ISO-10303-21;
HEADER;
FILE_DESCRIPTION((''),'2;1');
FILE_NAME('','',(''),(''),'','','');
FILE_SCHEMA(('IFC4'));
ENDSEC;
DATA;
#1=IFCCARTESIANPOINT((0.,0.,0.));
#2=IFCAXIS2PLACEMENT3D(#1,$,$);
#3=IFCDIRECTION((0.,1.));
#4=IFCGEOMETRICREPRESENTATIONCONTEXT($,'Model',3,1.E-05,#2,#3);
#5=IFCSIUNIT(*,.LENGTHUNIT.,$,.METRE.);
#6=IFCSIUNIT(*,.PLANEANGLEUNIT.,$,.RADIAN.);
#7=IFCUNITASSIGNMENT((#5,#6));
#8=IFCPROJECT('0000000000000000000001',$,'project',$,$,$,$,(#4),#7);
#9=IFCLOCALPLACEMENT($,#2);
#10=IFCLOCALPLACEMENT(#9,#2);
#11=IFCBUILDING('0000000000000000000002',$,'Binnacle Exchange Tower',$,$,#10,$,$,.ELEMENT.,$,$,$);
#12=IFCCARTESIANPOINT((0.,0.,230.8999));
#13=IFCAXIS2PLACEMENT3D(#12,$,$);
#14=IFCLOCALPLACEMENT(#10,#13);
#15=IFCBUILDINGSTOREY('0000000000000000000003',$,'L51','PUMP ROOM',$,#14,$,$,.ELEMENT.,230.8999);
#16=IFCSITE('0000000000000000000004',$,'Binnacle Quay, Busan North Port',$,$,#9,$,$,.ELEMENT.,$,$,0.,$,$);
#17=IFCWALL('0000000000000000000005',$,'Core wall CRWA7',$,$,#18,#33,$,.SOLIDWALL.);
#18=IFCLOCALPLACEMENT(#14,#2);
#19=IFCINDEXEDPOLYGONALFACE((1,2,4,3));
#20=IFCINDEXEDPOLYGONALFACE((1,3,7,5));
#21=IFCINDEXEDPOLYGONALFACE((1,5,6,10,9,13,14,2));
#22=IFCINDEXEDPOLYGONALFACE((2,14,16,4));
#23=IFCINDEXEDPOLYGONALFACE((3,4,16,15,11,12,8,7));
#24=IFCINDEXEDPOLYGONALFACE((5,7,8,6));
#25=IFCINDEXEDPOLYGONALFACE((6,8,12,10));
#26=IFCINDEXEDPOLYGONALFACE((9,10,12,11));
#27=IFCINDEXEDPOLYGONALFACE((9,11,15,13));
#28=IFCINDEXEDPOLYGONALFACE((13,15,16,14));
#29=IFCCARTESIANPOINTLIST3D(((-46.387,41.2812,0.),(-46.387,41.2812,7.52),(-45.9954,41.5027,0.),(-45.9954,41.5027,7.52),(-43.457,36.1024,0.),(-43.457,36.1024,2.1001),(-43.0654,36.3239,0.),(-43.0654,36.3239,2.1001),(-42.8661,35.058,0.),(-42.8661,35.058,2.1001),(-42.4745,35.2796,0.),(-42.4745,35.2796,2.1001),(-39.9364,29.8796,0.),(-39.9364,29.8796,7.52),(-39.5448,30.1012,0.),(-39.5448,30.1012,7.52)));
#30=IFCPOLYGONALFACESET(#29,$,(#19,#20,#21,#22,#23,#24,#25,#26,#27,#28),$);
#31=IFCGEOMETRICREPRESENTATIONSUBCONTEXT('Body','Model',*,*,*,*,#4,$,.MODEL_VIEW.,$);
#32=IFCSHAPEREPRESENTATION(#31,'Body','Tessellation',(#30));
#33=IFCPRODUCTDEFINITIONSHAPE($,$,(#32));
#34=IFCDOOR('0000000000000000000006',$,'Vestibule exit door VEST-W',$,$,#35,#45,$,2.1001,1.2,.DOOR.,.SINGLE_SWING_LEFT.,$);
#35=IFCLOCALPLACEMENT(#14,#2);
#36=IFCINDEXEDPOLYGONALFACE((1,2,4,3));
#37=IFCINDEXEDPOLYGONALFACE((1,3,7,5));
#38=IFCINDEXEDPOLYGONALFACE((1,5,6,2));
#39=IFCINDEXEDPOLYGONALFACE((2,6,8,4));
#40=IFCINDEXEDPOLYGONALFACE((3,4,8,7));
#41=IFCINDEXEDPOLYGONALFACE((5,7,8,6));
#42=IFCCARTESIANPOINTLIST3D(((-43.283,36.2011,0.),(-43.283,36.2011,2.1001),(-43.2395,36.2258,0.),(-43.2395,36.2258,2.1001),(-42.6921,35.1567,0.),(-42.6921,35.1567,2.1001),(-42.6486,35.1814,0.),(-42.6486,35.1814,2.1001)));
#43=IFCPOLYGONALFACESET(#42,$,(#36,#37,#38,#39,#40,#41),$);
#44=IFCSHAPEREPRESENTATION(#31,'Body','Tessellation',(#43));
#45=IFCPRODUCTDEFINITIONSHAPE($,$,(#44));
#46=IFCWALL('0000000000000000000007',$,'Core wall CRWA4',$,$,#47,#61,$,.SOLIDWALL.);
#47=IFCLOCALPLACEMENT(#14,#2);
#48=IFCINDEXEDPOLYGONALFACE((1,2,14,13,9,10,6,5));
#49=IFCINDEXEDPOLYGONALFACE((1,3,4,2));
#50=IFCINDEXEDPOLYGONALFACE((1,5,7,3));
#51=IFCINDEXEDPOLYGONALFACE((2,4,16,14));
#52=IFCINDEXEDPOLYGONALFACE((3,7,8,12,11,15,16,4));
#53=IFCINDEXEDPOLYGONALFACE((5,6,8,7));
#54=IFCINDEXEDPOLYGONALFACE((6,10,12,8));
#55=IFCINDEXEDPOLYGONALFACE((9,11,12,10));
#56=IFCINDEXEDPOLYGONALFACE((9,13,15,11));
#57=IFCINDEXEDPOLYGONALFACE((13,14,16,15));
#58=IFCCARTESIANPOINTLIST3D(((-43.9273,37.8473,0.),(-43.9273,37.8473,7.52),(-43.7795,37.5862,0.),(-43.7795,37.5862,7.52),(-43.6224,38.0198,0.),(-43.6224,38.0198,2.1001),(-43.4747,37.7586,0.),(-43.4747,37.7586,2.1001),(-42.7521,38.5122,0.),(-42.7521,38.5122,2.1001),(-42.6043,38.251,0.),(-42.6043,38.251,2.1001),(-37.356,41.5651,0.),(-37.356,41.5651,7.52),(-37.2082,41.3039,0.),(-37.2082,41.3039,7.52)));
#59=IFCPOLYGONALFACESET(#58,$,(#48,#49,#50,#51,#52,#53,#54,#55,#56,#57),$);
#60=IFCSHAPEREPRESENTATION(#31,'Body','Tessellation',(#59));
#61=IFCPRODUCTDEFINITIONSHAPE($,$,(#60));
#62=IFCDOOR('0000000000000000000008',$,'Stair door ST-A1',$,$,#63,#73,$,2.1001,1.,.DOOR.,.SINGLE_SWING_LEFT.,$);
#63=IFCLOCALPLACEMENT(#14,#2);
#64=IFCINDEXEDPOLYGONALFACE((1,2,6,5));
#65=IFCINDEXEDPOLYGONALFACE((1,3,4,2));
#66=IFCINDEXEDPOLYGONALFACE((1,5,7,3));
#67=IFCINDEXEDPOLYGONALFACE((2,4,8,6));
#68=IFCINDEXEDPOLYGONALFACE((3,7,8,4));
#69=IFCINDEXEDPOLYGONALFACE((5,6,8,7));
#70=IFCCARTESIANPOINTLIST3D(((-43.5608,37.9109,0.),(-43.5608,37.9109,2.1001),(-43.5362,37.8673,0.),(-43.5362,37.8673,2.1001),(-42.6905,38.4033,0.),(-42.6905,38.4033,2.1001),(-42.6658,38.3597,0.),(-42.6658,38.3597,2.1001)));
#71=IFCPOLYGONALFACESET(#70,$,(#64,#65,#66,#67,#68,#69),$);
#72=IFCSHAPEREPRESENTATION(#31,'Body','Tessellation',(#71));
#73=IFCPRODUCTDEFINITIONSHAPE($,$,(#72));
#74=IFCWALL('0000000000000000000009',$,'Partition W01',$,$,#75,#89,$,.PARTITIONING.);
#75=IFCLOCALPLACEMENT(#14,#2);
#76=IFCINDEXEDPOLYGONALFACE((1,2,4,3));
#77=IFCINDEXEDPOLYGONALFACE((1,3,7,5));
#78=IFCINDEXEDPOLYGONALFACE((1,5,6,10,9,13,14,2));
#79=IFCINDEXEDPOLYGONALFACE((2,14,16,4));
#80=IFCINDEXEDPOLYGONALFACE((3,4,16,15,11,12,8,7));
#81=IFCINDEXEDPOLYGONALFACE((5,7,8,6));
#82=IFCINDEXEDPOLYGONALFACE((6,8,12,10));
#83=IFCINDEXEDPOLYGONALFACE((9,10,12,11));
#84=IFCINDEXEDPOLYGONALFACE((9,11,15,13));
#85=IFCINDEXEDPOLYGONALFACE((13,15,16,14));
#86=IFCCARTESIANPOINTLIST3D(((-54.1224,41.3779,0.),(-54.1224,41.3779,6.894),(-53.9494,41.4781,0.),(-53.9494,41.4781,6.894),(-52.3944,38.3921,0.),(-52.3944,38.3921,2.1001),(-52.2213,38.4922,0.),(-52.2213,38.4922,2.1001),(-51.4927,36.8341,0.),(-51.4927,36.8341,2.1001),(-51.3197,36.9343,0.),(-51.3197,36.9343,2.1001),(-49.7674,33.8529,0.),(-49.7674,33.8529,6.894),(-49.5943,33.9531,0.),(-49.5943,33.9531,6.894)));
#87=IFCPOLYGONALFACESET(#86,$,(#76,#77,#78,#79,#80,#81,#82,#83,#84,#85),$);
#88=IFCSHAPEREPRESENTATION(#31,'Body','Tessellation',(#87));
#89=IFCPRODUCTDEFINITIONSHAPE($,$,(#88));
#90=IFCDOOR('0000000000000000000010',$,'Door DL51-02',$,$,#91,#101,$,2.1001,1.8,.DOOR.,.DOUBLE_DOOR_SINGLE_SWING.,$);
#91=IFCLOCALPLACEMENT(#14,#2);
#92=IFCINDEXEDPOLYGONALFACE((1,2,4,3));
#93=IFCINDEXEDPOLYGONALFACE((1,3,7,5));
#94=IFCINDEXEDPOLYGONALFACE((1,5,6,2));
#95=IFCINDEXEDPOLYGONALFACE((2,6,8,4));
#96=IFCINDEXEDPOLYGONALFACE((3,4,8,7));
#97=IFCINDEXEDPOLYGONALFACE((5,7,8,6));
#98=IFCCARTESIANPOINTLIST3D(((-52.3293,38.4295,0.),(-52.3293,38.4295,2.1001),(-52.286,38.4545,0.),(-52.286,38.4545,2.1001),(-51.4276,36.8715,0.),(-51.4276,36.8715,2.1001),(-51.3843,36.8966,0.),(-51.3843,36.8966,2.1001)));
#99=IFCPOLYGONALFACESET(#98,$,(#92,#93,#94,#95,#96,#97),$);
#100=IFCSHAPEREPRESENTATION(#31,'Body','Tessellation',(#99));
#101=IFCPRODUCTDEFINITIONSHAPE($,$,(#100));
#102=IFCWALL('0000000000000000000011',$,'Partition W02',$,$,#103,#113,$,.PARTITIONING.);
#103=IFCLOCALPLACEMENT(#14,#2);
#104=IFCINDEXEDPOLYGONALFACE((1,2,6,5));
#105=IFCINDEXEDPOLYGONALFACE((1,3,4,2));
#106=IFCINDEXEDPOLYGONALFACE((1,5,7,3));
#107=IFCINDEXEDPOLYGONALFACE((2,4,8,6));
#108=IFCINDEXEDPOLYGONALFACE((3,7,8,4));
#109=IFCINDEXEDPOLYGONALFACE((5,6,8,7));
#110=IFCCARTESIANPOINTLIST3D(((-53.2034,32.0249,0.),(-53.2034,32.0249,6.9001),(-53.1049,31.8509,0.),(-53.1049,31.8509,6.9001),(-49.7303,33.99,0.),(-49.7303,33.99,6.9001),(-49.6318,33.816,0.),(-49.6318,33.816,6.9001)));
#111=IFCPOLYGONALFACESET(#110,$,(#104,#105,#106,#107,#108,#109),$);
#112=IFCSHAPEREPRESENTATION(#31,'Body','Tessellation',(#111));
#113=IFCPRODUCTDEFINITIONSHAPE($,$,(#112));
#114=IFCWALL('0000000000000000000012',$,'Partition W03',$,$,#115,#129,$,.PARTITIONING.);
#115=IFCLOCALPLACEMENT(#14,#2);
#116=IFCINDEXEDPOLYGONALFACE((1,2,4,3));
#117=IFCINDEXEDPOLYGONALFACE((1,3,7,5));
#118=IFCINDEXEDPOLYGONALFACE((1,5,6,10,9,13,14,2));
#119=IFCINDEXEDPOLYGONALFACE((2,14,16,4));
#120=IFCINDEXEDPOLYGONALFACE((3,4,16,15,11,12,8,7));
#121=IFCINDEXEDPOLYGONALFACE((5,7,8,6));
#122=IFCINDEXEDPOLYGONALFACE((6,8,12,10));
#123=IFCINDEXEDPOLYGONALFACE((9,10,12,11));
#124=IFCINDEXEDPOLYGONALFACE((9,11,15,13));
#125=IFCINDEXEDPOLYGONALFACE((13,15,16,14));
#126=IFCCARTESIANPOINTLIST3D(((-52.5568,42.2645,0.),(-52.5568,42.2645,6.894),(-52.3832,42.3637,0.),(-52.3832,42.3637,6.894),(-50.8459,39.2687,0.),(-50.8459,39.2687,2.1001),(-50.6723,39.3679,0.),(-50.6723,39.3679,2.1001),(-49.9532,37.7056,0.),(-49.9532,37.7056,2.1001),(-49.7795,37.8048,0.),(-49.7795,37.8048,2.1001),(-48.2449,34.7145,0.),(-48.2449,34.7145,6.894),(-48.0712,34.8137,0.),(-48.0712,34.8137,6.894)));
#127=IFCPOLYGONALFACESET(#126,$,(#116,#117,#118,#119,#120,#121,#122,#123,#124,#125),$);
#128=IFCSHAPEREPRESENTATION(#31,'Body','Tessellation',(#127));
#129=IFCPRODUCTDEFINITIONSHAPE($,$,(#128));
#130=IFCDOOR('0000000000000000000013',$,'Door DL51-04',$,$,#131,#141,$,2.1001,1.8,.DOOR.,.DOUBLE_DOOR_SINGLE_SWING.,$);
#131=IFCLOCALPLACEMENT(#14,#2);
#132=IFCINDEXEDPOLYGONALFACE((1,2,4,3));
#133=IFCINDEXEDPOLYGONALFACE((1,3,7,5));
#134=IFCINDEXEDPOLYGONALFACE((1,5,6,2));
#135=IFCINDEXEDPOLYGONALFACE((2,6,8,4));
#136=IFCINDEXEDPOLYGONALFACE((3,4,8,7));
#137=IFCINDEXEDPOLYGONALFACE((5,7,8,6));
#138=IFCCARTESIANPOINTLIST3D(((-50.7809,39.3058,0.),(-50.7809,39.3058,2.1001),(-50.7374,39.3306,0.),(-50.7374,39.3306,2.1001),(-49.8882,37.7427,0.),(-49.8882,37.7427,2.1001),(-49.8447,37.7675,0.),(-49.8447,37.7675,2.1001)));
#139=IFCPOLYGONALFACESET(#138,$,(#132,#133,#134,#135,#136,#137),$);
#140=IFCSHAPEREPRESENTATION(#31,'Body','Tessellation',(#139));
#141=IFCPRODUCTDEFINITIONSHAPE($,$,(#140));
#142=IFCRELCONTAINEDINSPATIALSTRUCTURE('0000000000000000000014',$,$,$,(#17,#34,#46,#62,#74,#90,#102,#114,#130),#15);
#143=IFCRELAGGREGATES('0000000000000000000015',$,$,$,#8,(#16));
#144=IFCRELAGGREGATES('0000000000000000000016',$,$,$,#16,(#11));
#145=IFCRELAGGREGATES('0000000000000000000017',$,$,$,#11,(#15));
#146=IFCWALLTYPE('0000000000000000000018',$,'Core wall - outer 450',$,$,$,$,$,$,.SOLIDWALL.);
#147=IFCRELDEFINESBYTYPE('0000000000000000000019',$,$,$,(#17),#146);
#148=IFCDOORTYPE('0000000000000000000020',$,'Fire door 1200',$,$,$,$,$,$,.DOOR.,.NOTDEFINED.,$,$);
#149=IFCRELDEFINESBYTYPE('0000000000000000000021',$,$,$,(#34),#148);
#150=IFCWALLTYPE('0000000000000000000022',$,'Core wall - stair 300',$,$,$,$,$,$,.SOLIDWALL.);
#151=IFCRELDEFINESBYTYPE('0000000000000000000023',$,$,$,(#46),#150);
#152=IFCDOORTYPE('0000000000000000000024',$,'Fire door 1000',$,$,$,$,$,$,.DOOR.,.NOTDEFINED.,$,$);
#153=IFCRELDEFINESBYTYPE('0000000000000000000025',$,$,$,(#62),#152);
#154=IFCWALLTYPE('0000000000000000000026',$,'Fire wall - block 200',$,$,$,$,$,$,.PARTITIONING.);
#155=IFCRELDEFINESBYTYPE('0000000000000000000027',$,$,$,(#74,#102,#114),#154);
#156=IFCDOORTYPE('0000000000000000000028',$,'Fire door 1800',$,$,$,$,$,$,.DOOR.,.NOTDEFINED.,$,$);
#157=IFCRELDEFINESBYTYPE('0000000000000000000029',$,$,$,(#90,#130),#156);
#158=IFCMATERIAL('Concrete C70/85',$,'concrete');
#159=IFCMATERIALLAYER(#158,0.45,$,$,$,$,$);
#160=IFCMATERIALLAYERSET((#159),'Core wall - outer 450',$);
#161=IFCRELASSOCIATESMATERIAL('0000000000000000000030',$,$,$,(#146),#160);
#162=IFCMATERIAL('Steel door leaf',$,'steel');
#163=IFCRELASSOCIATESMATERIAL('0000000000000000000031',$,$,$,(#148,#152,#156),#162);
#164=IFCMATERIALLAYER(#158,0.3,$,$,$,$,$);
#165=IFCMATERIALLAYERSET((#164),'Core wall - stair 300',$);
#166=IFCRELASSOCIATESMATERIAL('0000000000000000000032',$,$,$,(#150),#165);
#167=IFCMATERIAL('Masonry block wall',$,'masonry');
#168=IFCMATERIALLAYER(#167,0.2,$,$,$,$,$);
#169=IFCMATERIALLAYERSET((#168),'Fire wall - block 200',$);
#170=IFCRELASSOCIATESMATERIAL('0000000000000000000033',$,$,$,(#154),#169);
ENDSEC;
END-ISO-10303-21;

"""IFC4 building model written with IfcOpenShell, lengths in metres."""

from ifc_helpers import new_model, si_unit, direction, frame, frame_2d, origin, place, context, subcontext, project, spatial, rectangle, extrude, material, layer, layer_set, type_object, element, fill, save


model = new_model("IFC4")

# Units and contexts
model_context = context("Model", 3, precision=1e-05, world=origin(), true_north=direction((0.0, 1.0)))
body_context = subcontext(model_context, "Body", "Model", "MODEL_VIEW")
ifc_project = project(units=[si_unit("LENGTHUNIT", "METRE"), si_unit("PLANEANGLEUNIT", "RADIAN")], contexts=[model_context])

# Site, building, storey
site_placement = place(None, origin())
site = spatial("IfcSite", under=ifc_project, at=site_placement, Name="Binnacle Quay, Busan North Port", CompositionType="ELEMENT", RefElevation=0.0)
building_placement = place(site_placement, origin())
building = spatial("IfcBuilding", under=site, at=building_placement, Name="Binnacle Exchange Tower", CompositionType="ELEMENT")
storey_placement = place(building_placement, frame((0.0, 0.0, 230.8999)))
storey = spatial("IfcBuildingStorey", under=building, at=storey_placement, Name="L51", Description="PUMP ROOM", CompositionType="ELEMENT", Elevation=230.8999)

# Shared definitions
ifc_material_1 = material(Name="Concrete C70/85", Category="concrete")
ifc_layer_1 = layer(ifc_material_1, 0.45)
ifc_layer_set_1 = layer_set([ifc_layer_1], Name="Core wall - outer 450")
wall_type_1 = type_object("IfcWallType", Name="Core wall - outer 450", PredefinedType="SOLIDWALL", material=ifc_layer_set_1)

# Walls, openings, doors
wall_1_placement = place(storey_placement, frame((-46.1912, 41.3918, 0.0), z_axis=(0.0, 0.0, 1.0), x_axis=(0.492421, -0.870357, 0.0)))
wall_1 = element("IfcWall", 1, at=wall_1_placement, inside=storey, type_object=wall_type_1, Name="Core wall CRWA7", PredefinedType="SOLIDWALL", context=body_context, shape_type="SweptSolid", body=[
    extrude(rectangle(XDim=13.0999, YDim=0.45, at=frame_2d((6.5498, 0.0))), origin(), (0.0, 0.0, 1.0), 7.52),
])
opening_1_placement = place(wall_1_placement, frame((5.95, 0.0, 0.0)))
opening_1 = element("IfcOpeningElement", 2, at=opening_1_placement, cuts=wall_1, PredefinedType="OPENING", context=body_context, shape_type="SweptSolid", body=[
    extrude(rectangle(XDim=1.2, YDim=2.1001, at=frame_2d((0.6001, 1.05))), frame((0.0, 0.2349, 0.0), z_axis=(0.0, -1.0, 0.0), x_axis=(1.0, 0.0, 0.0)), (0.0, 0.0, 1.0), 0.47),
])
ifc_material_2 = material(Name="Steel door leaf", Category="steel")
door_type_1 = type_object("IfcDoorType", Name="Fire door 1200", OperationType="NOTDEFINED", PredefinedType="DOOR", material=ifc_material_2)
door_1_placement = place(opening_1_placement, frame((1.2, 0.0, 0.0), z_axis=(0.0, 0.0, 1.0), x_axis=(-1.0, 0.0, 0.0)))
door_1 = element("IfcDoor", 3, at=door_1_placement, inside=storey, type_object=door_type_1, Name="Vestibule exit door VEST-W", OperationType="SINGLE_SWING_LEFT", OverallHeight=2.1001, OverallWidth=1.2, PredefinedType="DOOR", context=body_context, shape_type="SweptSolid", body=[
    extrude(rectangle(XDim=1.2, YDim=2.1001, at=frame_2d((0.6001, 1.05))), frame((0.0, 0.0249, 0.0), z_axis=(0.0, -1.0, 0.0), x_axis=(1.0, 0.0, 0.0)), (0.0, 0.0, 1.0), 0.05),
])
fill(opening_1, door_1)
ifc_layer_2 = layer(ifc_material_1, 0.3)
ifc_layer_set_2 = layer_set([ifc_layer_2], Name="Core wall - stair 300")
wall_type_2 = type_object("IfcWallType", Name="Core wall - stair 300", PredefinedType="SOLIDWALL", material=ifc_layer_set_2)
wall_2_placement = place(storey_placement, frame((-43.8533, 37.7168, 0.0), z_axis=(0.0, 0.0, 1.0), x_axis=(0.87036, 0.492415, 0.0)))
wall_2 = element("IfcWall", 4, at=wall_2_placement, inside=storey, type_object=wall_type_2, Name="Core wall CRWA4", PredefinedType="SOLIDWALL", context=body_context, shape_type="SweptSolid", body=[
    extrude(rectangle(XDim=7.55, YDim=0.3, at=frame_2d((3.7749, 0.0))), origin(), (0.0, 0.0, 1.0), 7.52),
])
opening_2_placement = place(wall_2_placement, frame((0.3501, 0.0, 0.0)))
opening_2 = element("IfcOpeningElement", 5, at=opening_2_placement, cuts=wall_2, PredefinedType="OPENING", context=body_context, shape_type="SweptSolid", body=[
    extrude(rectangle(XDim=1.0, YDim=2.1001, at=frame_2d((0.5, 1.05))), frame((0.0, 0.1599, 0.0), z_axis=(0.0, -1.0, 0.0), x_axis=(1.0, 0.0, 0.0)), (0.0, 0.0, 1.0), 0.3201),
])
door_type_2 = type_object("IfcDoorType", Name="Fire door 1000", OperationType="NOTDEFINED", PredefinedType="DOOR", material=ifc_material_2)
door_2_placement = place(opening_2_placement, origin())
door_2 = element("IfcDoor", 6, at=door_2_placement, inside=storey, type_object=door_type_2, Name="Stair door ST-A1", OperationType="SINGLE_SWING_LEFT", OverallHeight=2.1001, OverallWidth=1.0, PredefinedType="DOOR", context=body_context, shape_type="SweptSolid", body=[
    extrude(rectangle(XDim=1.0, YDim=2.1001, at=frame_2d((0.5, 1.05))), frame((0.0, 0.0249, 0.0), z_axis=(0.0, -1.0, 0.0), x_axis=(1.0, 0.0, 0.0)), (0.0, 0.0, 1.0), 0.05),
])
fill(opening_2, door_2)
ifc_material_3 = material(Name="Masonry block wall", Category="masonry")
ifc_layer_3 = layer(ifc_material_3, 0.2)
ifc_layer_set_3 = layer_set([ifc_layer_3], Name="Fire wall - block 200")
wall_type_3 = type_object("IfcWallType", Name="Fire wall - block 200", PredefinedType="PARTITIONING", material=ifc_layer_set_3)
wall_3_placement = place(storey_placement, frame((-54.0359, 41.428, 0.0), z_axis=(0.0, 0.0, 1.0), x_axis=(0.500903, -0.865503, 0.0)))
wall_3 = element("IfcWall", 7, at=wall_3_placement, inside=storey, type_object=wall_type_3, Name="Partition W01", PredefinedType="PARTITIONING", context=body_context, shape_type="SweptSolid", body=[
    extrude(rectangle(XDim=8.6943, YDim=0.2, at=frame_2d((4.3472, 0.0))), origin(), (0.0, 0.0, 1.0), 6.894),
])
opening_3_placement = place(wall_3_placement, frame((3.45, 0.0, 0.0)))
opening_3 = element("IfcOpeningElement", 8, at=opening_3_placement, cuts=wall_3, PredefinedType="OPENING", context=body_context, shape_type="SweptSolid", body=[
    extrude(rectangle(XDim=1.8, YDim=2.1001, at=frame_2d((0.8999, 1.05))), frame((0.0, 0.1099, 0.0), z_axis=(0.0, -1.0, 0.0), x_axis=(1.0, 0.0, 0.0)), (0.0, 0.0, 1.0), 0.22),
])
door_type_3 = type_object("IfcDoorType", Name="Fire door 1800", OperationType="NOTDEFINED", PredefinedType="DOOR", material=ifc_material_2)
door_3_placement = place(opening_3_placement, frame((1.8, 0.0, 0.0), z_axis=(0.0, 0.0, 1.0), x_axis=(-1.0, 0.0, 0.0)))
door_3 = element("IfcDoor", 9, at=door_3_placement, inside=storey, type_object=door_type_3, Name="Door DL51-02", OperationType="DOUBLE_DOOR_SINGLE_SWING", OverallHeight=2.1001, OverallWidth=1.8, PredefinedType="DOOR", context=body_context, shape_type="SweptSolid", body=[
    extrude(rectangle(XDim=1.8, YDim=2.1001, at=frame_2d((0.8999, 1.05))), frame((0.0, 0.0249, 0.0), z_axis=(0.0, -1.0, 0.0), x_axis=(1.0, 0.0, 0.0)), (0.0, 0.0, 1.0), 0.05),
])
fill(opening_3, door_3)

# Wall
wall_4_placement = place(storey_placement, frame((-53.1541, 31.938, 0.0), z_axis=(0.0, 0.0, 1.0), x_axis=(0.870347, 0.492438, 0.0)))
element("IfcWall", 10, at=wall_4_placement, inside=storey, type_object=wall_type_3, Name="Partition W02", PredefinedType="PARTITIONING", context=body_context, shape_type="SweptSolid", body=[
    extrude(rectangle(XDim=3.9905, YDim=0.2, at=frame_2d((1.9951, 0.0))), origin(), (0.0, 0.0, 1.0), 6.9001),
])

# Wall, opening, door
wall_5_placement = place(storey_placement, frame((-52.47, 42.314, 0.0), z_axis=(0.0, 0.0, 1.0), x_axis=(0.495939, -0.868357, 0.0)))
wall_5 = element("IfcWall", 11, at=wall_5_placement, inside=storey, type_object=wall_type_3, Name="Partition W03", PredefinedType="PARTITIONING", context=body_context, shape_type="SweptSolid", body=[
    extrude(rectangle(XDim=8.6946, YDim=0.2, at=frame_2d((4.3472, 0.0))), origin(), (0.0, 0.0, 1.0), 6.894),
])
opening_4_placement = place(wall_5_placement, frame((3.45, 0.0, 0.0)))
opening_4 = element("IfcOpeningElement", 12, at=opening_4_placement, cuts=wall_5, PredefinedType="OPENING", context=body_context, shape_type="SweptSolid", body=[
    extrude(rectangle(XDim=1.8, YDim=2.1001, at=frame_2d((0.8999, 1.05))), frame((0.0, 0.1099, 0.0), z_axis=(0.0, -1.0, 0.0), x_axis=(1.0, 0.0, 0.0)), (0.0, 0.0, 1.0), 0.22),
])
door_4_placement = place(opening_4_placement, origin())
door_4 = element("IfcDoor", 13, at=door_4_placement, inside=storey, type_object=door_type_3, Name="Door DL51-04", OperationType="DOUBLE_DOOR_SINGLE_SWING", OverallHeight=2.1001, OverallWidth=1.8, PredefinedType="DOOR", context=body_context, shape_type="SweptSolid", body=[
    extrude(rectangle(XDim=1.8, YDim=2.1001, at=frame_2d((0.8999, 1.05))), frame((0.0, 0.0249, 0.0), z_axis=(0.0, -1.0, 0.0), x_axis=(1.0, 0.0, 0.0)), (0.0, 0.0, 1.0), 0.05),
])
fill(opening_4, door_4)

save(model, "model.ifc")
